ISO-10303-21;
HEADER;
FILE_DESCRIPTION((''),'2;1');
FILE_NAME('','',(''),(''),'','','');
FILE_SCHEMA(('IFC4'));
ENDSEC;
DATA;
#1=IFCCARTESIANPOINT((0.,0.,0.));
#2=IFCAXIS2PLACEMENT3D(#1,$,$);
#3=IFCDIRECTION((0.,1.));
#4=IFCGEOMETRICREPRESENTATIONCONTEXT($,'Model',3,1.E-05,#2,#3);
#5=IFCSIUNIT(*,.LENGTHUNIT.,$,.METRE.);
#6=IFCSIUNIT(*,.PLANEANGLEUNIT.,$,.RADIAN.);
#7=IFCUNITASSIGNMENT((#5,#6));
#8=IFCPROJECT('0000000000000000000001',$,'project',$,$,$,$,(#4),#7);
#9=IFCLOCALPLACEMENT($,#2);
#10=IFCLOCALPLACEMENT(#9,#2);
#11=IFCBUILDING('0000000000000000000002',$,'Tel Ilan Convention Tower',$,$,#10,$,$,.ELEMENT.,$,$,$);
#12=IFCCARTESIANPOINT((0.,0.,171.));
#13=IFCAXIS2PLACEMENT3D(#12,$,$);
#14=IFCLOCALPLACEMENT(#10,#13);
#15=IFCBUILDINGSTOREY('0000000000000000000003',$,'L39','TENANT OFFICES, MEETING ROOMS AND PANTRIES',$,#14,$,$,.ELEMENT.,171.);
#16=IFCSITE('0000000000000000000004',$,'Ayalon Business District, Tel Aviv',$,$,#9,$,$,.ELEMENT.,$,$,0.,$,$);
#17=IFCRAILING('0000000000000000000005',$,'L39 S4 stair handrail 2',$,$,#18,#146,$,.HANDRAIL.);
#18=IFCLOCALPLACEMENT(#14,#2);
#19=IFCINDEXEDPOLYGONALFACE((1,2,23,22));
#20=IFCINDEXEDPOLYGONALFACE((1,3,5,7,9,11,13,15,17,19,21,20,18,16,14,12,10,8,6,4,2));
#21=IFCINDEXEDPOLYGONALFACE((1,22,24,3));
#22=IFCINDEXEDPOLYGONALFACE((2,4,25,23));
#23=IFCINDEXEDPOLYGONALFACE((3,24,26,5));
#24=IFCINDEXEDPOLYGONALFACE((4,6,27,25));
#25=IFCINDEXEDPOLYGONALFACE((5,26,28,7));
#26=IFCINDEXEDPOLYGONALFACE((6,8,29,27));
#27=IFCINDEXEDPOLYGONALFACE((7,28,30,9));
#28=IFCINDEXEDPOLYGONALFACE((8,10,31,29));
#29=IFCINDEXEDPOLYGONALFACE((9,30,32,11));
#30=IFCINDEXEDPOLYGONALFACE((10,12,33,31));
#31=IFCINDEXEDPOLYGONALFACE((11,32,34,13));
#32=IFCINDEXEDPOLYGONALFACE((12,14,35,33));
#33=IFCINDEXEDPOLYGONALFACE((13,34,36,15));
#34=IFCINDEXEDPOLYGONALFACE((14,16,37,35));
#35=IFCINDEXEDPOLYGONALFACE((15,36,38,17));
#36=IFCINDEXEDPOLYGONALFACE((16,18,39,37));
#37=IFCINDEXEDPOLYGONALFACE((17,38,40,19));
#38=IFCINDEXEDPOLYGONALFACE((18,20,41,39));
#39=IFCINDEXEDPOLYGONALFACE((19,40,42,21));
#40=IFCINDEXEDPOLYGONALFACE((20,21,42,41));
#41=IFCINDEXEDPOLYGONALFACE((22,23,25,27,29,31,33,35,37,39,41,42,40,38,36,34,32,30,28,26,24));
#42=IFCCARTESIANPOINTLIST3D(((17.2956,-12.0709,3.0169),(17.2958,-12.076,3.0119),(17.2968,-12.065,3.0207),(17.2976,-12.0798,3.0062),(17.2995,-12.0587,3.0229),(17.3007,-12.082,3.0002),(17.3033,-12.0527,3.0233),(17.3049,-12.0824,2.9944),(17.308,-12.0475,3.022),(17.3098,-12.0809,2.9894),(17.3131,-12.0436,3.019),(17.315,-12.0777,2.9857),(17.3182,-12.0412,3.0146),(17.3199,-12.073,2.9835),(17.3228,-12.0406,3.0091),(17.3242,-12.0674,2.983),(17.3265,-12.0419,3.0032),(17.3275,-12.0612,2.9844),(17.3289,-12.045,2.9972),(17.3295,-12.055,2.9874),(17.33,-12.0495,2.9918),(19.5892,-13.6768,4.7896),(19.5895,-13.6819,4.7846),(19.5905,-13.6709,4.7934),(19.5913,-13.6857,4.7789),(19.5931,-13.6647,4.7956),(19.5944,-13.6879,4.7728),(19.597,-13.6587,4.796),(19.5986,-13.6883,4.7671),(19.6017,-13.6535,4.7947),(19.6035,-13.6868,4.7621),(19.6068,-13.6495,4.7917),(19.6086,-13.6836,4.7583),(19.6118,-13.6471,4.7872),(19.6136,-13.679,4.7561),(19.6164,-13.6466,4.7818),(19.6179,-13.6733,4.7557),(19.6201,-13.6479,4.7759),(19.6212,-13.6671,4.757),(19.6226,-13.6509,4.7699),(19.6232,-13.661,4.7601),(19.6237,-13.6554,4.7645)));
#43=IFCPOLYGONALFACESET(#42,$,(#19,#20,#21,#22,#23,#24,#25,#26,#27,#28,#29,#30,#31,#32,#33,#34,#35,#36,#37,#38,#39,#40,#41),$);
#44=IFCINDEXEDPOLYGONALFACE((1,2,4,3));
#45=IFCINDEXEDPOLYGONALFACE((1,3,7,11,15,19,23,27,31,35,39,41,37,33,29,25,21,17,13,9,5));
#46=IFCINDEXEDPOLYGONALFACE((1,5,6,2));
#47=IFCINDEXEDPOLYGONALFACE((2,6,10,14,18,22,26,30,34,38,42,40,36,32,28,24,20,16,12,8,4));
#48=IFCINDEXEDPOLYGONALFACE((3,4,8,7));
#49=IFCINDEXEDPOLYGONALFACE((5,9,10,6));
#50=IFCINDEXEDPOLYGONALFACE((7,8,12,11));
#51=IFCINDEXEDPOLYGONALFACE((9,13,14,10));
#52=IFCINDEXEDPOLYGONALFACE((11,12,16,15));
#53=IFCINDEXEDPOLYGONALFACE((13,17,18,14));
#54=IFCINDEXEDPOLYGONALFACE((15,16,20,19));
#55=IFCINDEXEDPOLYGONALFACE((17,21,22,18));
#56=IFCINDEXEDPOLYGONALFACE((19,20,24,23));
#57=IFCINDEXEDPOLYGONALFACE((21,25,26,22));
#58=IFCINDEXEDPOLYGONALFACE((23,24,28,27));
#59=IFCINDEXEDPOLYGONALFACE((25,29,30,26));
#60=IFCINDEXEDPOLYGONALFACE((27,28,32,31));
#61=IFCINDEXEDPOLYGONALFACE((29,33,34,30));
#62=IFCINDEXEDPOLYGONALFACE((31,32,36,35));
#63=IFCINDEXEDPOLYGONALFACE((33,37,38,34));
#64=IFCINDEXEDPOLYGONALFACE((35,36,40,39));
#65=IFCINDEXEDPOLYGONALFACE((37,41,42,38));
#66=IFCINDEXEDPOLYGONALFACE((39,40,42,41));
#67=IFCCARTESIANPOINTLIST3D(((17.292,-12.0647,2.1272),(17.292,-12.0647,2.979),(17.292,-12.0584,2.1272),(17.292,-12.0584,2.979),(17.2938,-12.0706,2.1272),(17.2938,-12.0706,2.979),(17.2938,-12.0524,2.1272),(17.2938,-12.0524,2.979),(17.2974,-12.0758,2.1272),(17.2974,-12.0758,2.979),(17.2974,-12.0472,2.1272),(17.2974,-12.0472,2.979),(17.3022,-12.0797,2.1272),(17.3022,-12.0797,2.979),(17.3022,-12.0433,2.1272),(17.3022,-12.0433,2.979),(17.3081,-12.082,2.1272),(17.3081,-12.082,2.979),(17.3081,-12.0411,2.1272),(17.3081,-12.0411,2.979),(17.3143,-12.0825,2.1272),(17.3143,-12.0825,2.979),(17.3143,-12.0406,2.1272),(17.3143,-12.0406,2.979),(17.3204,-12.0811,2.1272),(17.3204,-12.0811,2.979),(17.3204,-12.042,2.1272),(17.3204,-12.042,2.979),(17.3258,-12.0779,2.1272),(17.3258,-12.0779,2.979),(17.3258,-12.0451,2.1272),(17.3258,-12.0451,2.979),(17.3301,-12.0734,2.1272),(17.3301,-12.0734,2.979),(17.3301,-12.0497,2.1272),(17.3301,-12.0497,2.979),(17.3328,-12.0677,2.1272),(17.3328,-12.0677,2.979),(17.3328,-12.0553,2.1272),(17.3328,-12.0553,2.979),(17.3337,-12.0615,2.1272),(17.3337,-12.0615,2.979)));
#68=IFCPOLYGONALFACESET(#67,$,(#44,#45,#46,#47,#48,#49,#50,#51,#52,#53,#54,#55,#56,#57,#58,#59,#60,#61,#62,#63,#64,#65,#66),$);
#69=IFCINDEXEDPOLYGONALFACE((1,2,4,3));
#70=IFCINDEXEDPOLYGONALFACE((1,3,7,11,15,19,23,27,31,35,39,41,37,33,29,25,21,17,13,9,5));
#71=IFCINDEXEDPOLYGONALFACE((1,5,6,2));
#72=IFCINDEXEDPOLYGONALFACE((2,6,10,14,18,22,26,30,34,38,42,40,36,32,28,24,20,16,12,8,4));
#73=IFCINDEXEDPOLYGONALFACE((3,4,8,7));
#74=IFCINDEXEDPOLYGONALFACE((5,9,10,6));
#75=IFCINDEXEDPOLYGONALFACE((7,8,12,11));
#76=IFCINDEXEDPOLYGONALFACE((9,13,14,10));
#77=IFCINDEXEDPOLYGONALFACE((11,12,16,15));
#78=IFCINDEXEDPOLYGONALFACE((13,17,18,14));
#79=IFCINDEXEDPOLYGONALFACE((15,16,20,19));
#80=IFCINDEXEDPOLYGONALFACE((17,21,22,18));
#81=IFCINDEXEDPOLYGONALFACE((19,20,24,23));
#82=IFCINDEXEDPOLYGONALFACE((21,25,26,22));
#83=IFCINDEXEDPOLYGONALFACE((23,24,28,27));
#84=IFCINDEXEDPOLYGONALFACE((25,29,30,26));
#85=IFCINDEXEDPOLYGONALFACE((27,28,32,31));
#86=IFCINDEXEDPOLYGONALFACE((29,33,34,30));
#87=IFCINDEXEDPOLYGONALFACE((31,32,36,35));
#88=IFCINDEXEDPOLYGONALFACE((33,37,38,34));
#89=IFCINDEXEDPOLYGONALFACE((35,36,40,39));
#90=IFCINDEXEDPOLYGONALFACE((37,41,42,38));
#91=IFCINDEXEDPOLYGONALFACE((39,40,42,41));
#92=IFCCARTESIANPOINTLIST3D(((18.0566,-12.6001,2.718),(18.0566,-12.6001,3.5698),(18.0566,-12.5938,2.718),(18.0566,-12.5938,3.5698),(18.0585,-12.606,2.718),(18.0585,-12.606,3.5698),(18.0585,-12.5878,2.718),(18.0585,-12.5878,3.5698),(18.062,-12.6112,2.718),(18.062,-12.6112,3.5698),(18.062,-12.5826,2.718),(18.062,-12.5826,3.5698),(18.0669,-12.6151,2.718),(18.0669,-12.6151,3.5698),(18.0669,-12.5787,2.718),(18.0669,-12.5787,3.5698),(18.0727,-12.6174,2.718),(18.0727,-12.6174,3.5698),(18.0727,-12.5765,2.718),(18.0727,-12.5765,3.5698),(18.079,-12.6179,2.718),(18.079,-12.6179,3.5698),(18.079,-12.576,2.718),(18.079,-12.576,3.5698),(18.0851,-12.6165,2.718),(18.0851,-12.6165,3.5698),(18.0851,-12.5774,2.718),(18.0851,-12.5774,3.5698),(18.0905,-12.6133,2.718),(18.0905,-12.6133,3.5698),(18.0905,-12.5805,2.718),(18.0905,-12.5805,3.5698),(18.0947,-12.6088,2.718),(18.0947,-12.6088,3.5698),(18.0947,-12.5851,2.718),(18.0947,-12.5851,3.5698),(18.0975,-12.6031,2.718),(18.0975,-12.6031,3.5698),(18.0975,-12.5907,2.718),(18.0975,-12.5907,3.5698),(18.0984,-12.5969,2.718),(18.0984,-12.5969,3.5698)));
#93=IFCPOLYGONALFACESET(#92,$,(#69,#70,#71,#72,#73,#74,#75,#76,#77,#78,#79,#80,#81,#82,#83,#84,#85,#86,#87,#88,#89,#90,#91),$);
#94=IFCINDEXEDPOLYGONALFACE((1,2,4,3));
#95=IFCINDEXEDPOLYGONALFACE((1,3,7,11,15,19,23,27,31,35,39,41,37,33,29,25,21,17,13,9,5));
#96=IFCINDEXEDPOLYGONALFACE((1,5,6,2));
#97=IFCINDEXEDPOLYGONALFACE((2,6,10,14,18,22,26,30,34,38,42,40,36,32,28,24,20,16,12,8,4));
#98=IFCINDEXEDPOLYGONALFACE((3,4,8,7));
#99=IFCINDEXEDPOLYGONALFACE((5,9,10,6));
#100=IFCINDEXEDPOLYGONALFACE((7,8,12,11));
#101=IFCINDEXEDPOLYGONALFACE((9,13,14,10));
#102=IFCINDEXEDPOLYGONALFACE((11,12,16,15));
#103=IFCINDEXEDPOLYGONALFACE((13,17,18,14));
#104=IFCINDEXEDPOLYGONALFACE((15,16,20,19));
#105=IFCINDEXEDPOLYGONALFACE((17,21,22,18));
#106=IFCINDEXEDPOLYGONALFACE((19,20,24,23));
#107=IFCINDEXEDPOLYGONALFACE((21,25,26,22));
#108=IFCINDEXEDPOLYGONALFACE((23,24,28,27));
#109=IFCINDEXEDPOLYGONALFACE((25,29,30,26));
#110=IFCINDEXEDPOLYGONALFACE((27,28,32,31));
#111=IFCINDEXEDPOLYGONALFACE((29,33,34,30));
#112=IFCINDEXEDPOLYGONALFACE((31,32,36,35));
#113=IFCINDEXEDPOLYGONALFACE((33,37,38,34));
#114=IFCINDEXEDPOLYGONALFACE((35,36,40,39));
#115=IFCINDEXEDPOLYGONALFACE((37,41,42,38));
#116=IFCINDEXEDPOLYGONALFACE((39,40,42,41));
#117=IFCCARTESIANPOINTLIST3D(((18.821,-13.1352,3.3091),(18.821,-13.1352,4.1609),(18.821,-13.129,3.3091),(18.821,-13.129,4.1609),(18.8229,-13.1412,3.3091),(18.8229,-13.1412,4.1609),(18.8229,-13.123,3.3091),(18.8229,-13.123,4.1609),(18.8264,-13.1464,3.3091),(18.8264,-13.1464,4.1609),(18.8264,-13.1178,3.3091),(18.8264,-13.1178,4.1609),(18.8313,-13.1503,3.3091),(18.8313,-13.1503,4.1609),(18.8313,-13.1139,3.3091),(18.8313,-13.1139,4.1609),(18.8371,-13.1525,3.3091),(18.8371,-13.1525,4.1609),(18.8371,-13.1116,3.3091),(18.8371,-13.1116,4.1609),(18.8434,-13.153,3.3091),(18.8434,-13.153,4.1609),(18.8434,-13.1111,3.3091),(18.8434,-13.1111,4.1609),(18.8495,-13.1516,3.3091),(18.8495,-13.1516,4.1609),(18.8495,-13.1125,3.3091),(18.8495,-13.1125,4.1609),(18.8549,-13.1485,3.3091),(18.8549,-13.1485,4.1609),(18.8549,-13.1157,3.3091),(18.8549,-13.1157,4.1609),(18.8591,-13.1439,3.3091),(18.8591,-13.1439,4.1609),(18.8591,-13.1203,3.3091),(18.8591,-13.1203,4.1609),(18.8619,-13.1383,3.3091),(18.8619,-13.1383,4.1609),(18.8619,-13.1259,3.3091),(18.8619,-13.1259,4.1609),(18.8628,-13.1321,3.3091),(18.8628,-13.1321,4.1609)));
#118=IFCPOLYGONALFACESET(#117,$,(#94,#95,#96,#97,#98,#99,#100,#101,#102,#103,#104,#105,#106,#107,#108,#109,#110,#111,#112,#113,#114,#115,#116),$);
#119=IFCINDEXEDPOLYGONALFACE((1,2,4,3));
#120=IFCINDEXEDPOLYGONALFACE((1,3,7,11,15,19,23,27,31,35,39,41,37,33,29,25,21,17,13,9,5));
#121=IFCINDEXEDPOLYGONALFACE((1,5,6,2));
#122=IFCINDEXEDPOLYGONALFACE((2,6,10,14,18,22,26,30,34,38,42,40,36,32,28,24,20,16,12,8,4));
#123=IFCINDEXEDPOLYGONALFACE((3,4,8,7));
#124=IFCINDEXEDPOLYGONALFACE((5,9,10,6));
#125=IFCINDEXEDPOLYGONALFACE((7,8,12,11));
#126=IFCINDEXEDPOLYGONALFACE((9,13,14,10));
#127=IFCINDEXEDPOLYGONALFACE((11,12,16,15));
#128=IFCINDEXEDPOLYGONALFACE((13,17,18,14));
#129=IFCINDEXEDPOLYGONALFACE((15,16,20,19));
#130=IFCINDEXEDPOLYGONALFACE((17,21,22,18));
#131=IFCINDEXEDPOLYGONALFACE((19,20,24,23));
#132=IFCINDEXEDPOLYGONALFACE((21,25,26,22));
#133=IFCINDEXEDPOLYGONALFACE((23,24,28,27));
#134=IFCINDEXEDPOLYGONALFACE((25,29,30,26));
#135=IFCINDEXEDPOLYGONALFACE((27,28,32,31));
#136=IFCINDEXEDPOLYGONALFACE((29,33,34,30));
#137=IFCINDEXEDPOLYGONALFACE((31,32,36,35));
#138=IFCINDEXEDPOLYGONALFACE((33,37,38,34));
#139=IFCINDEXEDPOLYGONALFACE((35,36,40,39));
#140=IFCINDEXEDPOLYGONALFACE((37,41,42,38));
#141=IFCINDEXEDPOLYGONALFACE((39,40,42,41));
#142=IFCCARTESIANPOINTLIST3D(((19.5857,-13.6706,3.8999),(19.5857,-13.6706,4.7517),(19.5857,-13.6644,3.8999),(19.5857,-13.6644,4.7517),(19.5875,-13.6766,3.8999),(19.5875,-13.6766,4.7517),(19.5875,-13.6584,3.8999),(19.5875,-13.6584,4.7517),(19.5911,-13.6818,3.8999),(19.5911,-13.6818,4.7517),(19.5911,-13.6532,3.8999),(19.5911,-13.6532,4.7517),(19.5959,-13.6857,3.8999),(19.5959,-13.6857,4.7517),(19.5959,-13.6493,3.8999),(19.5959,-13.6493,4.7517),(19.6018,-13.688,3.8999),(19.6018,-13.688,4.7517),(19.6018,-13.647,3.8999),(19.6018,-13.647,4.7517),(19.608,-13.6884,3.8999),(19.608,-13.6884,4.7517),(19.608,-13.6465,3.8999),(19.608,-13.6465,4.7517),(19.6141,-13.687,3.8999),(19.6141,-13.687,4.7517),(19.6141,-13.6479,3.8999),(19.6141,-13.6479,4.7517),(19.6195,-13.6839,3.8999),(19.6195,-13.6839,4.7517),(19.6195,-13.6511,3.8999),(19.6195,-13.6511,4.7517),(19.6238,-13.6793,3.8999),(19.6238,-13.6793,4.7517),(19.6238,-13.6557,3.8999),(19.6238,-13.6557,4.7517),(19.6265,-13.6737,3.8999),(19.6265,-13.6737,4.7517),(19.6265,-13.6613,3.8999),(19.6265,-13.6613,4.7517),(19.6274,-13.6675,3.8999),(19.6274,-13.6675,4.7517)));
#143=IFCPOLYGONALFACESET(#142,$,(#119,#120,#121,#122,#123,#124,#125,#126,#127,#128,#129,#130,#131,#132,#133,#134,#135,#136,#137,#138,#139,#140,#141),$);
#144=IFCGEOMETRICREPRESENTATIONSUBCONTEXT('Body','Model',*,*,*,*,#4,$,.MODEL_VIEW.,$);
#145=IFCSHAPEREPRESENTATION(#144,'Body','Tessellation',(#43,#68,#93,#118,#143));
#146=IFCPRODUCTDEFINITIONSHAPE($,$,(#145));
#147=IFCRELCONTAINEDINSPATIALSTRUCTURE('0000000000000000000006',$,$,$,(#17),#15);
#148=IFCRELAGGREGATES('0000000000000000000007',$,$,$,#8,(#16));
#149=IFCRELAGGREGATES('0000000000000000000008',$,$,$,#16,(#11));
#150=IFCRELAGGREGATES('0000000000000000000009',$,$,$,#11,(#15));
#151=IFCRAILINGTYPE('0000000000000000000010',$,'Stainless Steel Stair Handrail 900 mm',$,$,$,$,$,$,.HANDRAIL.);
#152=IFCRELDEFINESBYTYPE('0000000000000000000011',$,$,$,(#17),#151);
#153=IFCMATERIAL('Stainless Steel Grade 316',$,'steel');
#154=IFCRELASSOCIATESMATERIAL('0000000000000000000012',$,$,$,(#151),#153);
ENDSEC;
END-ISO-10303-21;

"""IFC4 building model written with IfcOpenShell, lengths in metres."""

from ifc_helpers import new_model, si_unit, direction, frame, origin, origin_2d, place, context, subcontext, project, spatial, circle, extrude, material, type_object, element, save


model = new_model("IFC4")

# Units and contexts
model_context = context("Model", 3, precision=1e-05, world=origin(), true_north=direction((0.0, 1.0)))
body_context = subcontext(model_context, "Body", "Model", "MODEL_VIEW")
ifc_project = project(units=[si_unit("LENGTHUNIT", "METRE"), si_unit("PLANEANGLEUNIT", "RADIAN")], contexts=[model_context])

# Site, building, storey
site_placement = place(None, origin())
site = spatial("IfcSite", under=ifc_project, at=site_placement, Name="Ayalon Business District, Tel Aviv", CompositionType="ELEMENT", RefElevation=0.0)
building_placement = place(site_placement, origin())
building = spatial("IfcBuilding", under=site, at=building_placement, Name="Tel Ilan Convention Tower", CompositionType="ELEMENT")
storey_placement = place(building_placement, frame((0.0, 0.0, 171.0)))
storey = spatial("IfcBuildingStorey", under=building, at=storey_placement, Name="L39", Description="TENANT OFFICES, MEETING ROOMS AND PANTRIES", CompositionType="ELEMENT", Elevation=171.0)

# Railing
ifc_material_1 = material(Name="Stainless Steel Grade 316", Category="steel")
railing_type_1 = type_object("IfcRailingType", Name="Stainless Steel Stair Handrail 900 mm", PredefinedType="HANDRAIL", material=ifc_material_1)
railing_1_placement = place(storey_placement, frame((17.3127, -12.0615, 2.1272)))
element("IfcRailing", 1, at=railing_1_placement, inside=storey, type_object=railing_type_1, Name="L39 S4 stair handrail 2", PredefinedType="HANDRAIL", context=body_context, shape_type="SweptSolid", body=[
    extrude(circle(Radius=0.0239, at=origin_2d()), frame((0.0, 0.0, 0.876), z_axis=(0.692123, -0.484597, 0.534913), x_axis=(0.57355, 0.81917, 0.0)), (0.0, 0.0, 1.0), 3.314),
    extrude(circle(Radius=0.021, at=origin_2d()), origin(), (0.0, 0.0, 1.0), 0.8518),
    extrude(circle(Radius=0.021, at=origin_2d()), frame((0.7646, -0.5354, 0.5908)), (0.0, 0.0, 1.0), 0.8518),
    extrude(circle(Radius=0.021, at=origin_2d()), frame((1.5291, -1.0706, 1.1819)), (0.0, 0.0, 1.0), 0.8518),
    extrude(circle(Radius=0.021, at=origin_2d()), frame((2.2937, -1.606, 1.7727)), (0.0, 0.0, 1.0), 0.8518),
])

save(model, "model.ifc")
